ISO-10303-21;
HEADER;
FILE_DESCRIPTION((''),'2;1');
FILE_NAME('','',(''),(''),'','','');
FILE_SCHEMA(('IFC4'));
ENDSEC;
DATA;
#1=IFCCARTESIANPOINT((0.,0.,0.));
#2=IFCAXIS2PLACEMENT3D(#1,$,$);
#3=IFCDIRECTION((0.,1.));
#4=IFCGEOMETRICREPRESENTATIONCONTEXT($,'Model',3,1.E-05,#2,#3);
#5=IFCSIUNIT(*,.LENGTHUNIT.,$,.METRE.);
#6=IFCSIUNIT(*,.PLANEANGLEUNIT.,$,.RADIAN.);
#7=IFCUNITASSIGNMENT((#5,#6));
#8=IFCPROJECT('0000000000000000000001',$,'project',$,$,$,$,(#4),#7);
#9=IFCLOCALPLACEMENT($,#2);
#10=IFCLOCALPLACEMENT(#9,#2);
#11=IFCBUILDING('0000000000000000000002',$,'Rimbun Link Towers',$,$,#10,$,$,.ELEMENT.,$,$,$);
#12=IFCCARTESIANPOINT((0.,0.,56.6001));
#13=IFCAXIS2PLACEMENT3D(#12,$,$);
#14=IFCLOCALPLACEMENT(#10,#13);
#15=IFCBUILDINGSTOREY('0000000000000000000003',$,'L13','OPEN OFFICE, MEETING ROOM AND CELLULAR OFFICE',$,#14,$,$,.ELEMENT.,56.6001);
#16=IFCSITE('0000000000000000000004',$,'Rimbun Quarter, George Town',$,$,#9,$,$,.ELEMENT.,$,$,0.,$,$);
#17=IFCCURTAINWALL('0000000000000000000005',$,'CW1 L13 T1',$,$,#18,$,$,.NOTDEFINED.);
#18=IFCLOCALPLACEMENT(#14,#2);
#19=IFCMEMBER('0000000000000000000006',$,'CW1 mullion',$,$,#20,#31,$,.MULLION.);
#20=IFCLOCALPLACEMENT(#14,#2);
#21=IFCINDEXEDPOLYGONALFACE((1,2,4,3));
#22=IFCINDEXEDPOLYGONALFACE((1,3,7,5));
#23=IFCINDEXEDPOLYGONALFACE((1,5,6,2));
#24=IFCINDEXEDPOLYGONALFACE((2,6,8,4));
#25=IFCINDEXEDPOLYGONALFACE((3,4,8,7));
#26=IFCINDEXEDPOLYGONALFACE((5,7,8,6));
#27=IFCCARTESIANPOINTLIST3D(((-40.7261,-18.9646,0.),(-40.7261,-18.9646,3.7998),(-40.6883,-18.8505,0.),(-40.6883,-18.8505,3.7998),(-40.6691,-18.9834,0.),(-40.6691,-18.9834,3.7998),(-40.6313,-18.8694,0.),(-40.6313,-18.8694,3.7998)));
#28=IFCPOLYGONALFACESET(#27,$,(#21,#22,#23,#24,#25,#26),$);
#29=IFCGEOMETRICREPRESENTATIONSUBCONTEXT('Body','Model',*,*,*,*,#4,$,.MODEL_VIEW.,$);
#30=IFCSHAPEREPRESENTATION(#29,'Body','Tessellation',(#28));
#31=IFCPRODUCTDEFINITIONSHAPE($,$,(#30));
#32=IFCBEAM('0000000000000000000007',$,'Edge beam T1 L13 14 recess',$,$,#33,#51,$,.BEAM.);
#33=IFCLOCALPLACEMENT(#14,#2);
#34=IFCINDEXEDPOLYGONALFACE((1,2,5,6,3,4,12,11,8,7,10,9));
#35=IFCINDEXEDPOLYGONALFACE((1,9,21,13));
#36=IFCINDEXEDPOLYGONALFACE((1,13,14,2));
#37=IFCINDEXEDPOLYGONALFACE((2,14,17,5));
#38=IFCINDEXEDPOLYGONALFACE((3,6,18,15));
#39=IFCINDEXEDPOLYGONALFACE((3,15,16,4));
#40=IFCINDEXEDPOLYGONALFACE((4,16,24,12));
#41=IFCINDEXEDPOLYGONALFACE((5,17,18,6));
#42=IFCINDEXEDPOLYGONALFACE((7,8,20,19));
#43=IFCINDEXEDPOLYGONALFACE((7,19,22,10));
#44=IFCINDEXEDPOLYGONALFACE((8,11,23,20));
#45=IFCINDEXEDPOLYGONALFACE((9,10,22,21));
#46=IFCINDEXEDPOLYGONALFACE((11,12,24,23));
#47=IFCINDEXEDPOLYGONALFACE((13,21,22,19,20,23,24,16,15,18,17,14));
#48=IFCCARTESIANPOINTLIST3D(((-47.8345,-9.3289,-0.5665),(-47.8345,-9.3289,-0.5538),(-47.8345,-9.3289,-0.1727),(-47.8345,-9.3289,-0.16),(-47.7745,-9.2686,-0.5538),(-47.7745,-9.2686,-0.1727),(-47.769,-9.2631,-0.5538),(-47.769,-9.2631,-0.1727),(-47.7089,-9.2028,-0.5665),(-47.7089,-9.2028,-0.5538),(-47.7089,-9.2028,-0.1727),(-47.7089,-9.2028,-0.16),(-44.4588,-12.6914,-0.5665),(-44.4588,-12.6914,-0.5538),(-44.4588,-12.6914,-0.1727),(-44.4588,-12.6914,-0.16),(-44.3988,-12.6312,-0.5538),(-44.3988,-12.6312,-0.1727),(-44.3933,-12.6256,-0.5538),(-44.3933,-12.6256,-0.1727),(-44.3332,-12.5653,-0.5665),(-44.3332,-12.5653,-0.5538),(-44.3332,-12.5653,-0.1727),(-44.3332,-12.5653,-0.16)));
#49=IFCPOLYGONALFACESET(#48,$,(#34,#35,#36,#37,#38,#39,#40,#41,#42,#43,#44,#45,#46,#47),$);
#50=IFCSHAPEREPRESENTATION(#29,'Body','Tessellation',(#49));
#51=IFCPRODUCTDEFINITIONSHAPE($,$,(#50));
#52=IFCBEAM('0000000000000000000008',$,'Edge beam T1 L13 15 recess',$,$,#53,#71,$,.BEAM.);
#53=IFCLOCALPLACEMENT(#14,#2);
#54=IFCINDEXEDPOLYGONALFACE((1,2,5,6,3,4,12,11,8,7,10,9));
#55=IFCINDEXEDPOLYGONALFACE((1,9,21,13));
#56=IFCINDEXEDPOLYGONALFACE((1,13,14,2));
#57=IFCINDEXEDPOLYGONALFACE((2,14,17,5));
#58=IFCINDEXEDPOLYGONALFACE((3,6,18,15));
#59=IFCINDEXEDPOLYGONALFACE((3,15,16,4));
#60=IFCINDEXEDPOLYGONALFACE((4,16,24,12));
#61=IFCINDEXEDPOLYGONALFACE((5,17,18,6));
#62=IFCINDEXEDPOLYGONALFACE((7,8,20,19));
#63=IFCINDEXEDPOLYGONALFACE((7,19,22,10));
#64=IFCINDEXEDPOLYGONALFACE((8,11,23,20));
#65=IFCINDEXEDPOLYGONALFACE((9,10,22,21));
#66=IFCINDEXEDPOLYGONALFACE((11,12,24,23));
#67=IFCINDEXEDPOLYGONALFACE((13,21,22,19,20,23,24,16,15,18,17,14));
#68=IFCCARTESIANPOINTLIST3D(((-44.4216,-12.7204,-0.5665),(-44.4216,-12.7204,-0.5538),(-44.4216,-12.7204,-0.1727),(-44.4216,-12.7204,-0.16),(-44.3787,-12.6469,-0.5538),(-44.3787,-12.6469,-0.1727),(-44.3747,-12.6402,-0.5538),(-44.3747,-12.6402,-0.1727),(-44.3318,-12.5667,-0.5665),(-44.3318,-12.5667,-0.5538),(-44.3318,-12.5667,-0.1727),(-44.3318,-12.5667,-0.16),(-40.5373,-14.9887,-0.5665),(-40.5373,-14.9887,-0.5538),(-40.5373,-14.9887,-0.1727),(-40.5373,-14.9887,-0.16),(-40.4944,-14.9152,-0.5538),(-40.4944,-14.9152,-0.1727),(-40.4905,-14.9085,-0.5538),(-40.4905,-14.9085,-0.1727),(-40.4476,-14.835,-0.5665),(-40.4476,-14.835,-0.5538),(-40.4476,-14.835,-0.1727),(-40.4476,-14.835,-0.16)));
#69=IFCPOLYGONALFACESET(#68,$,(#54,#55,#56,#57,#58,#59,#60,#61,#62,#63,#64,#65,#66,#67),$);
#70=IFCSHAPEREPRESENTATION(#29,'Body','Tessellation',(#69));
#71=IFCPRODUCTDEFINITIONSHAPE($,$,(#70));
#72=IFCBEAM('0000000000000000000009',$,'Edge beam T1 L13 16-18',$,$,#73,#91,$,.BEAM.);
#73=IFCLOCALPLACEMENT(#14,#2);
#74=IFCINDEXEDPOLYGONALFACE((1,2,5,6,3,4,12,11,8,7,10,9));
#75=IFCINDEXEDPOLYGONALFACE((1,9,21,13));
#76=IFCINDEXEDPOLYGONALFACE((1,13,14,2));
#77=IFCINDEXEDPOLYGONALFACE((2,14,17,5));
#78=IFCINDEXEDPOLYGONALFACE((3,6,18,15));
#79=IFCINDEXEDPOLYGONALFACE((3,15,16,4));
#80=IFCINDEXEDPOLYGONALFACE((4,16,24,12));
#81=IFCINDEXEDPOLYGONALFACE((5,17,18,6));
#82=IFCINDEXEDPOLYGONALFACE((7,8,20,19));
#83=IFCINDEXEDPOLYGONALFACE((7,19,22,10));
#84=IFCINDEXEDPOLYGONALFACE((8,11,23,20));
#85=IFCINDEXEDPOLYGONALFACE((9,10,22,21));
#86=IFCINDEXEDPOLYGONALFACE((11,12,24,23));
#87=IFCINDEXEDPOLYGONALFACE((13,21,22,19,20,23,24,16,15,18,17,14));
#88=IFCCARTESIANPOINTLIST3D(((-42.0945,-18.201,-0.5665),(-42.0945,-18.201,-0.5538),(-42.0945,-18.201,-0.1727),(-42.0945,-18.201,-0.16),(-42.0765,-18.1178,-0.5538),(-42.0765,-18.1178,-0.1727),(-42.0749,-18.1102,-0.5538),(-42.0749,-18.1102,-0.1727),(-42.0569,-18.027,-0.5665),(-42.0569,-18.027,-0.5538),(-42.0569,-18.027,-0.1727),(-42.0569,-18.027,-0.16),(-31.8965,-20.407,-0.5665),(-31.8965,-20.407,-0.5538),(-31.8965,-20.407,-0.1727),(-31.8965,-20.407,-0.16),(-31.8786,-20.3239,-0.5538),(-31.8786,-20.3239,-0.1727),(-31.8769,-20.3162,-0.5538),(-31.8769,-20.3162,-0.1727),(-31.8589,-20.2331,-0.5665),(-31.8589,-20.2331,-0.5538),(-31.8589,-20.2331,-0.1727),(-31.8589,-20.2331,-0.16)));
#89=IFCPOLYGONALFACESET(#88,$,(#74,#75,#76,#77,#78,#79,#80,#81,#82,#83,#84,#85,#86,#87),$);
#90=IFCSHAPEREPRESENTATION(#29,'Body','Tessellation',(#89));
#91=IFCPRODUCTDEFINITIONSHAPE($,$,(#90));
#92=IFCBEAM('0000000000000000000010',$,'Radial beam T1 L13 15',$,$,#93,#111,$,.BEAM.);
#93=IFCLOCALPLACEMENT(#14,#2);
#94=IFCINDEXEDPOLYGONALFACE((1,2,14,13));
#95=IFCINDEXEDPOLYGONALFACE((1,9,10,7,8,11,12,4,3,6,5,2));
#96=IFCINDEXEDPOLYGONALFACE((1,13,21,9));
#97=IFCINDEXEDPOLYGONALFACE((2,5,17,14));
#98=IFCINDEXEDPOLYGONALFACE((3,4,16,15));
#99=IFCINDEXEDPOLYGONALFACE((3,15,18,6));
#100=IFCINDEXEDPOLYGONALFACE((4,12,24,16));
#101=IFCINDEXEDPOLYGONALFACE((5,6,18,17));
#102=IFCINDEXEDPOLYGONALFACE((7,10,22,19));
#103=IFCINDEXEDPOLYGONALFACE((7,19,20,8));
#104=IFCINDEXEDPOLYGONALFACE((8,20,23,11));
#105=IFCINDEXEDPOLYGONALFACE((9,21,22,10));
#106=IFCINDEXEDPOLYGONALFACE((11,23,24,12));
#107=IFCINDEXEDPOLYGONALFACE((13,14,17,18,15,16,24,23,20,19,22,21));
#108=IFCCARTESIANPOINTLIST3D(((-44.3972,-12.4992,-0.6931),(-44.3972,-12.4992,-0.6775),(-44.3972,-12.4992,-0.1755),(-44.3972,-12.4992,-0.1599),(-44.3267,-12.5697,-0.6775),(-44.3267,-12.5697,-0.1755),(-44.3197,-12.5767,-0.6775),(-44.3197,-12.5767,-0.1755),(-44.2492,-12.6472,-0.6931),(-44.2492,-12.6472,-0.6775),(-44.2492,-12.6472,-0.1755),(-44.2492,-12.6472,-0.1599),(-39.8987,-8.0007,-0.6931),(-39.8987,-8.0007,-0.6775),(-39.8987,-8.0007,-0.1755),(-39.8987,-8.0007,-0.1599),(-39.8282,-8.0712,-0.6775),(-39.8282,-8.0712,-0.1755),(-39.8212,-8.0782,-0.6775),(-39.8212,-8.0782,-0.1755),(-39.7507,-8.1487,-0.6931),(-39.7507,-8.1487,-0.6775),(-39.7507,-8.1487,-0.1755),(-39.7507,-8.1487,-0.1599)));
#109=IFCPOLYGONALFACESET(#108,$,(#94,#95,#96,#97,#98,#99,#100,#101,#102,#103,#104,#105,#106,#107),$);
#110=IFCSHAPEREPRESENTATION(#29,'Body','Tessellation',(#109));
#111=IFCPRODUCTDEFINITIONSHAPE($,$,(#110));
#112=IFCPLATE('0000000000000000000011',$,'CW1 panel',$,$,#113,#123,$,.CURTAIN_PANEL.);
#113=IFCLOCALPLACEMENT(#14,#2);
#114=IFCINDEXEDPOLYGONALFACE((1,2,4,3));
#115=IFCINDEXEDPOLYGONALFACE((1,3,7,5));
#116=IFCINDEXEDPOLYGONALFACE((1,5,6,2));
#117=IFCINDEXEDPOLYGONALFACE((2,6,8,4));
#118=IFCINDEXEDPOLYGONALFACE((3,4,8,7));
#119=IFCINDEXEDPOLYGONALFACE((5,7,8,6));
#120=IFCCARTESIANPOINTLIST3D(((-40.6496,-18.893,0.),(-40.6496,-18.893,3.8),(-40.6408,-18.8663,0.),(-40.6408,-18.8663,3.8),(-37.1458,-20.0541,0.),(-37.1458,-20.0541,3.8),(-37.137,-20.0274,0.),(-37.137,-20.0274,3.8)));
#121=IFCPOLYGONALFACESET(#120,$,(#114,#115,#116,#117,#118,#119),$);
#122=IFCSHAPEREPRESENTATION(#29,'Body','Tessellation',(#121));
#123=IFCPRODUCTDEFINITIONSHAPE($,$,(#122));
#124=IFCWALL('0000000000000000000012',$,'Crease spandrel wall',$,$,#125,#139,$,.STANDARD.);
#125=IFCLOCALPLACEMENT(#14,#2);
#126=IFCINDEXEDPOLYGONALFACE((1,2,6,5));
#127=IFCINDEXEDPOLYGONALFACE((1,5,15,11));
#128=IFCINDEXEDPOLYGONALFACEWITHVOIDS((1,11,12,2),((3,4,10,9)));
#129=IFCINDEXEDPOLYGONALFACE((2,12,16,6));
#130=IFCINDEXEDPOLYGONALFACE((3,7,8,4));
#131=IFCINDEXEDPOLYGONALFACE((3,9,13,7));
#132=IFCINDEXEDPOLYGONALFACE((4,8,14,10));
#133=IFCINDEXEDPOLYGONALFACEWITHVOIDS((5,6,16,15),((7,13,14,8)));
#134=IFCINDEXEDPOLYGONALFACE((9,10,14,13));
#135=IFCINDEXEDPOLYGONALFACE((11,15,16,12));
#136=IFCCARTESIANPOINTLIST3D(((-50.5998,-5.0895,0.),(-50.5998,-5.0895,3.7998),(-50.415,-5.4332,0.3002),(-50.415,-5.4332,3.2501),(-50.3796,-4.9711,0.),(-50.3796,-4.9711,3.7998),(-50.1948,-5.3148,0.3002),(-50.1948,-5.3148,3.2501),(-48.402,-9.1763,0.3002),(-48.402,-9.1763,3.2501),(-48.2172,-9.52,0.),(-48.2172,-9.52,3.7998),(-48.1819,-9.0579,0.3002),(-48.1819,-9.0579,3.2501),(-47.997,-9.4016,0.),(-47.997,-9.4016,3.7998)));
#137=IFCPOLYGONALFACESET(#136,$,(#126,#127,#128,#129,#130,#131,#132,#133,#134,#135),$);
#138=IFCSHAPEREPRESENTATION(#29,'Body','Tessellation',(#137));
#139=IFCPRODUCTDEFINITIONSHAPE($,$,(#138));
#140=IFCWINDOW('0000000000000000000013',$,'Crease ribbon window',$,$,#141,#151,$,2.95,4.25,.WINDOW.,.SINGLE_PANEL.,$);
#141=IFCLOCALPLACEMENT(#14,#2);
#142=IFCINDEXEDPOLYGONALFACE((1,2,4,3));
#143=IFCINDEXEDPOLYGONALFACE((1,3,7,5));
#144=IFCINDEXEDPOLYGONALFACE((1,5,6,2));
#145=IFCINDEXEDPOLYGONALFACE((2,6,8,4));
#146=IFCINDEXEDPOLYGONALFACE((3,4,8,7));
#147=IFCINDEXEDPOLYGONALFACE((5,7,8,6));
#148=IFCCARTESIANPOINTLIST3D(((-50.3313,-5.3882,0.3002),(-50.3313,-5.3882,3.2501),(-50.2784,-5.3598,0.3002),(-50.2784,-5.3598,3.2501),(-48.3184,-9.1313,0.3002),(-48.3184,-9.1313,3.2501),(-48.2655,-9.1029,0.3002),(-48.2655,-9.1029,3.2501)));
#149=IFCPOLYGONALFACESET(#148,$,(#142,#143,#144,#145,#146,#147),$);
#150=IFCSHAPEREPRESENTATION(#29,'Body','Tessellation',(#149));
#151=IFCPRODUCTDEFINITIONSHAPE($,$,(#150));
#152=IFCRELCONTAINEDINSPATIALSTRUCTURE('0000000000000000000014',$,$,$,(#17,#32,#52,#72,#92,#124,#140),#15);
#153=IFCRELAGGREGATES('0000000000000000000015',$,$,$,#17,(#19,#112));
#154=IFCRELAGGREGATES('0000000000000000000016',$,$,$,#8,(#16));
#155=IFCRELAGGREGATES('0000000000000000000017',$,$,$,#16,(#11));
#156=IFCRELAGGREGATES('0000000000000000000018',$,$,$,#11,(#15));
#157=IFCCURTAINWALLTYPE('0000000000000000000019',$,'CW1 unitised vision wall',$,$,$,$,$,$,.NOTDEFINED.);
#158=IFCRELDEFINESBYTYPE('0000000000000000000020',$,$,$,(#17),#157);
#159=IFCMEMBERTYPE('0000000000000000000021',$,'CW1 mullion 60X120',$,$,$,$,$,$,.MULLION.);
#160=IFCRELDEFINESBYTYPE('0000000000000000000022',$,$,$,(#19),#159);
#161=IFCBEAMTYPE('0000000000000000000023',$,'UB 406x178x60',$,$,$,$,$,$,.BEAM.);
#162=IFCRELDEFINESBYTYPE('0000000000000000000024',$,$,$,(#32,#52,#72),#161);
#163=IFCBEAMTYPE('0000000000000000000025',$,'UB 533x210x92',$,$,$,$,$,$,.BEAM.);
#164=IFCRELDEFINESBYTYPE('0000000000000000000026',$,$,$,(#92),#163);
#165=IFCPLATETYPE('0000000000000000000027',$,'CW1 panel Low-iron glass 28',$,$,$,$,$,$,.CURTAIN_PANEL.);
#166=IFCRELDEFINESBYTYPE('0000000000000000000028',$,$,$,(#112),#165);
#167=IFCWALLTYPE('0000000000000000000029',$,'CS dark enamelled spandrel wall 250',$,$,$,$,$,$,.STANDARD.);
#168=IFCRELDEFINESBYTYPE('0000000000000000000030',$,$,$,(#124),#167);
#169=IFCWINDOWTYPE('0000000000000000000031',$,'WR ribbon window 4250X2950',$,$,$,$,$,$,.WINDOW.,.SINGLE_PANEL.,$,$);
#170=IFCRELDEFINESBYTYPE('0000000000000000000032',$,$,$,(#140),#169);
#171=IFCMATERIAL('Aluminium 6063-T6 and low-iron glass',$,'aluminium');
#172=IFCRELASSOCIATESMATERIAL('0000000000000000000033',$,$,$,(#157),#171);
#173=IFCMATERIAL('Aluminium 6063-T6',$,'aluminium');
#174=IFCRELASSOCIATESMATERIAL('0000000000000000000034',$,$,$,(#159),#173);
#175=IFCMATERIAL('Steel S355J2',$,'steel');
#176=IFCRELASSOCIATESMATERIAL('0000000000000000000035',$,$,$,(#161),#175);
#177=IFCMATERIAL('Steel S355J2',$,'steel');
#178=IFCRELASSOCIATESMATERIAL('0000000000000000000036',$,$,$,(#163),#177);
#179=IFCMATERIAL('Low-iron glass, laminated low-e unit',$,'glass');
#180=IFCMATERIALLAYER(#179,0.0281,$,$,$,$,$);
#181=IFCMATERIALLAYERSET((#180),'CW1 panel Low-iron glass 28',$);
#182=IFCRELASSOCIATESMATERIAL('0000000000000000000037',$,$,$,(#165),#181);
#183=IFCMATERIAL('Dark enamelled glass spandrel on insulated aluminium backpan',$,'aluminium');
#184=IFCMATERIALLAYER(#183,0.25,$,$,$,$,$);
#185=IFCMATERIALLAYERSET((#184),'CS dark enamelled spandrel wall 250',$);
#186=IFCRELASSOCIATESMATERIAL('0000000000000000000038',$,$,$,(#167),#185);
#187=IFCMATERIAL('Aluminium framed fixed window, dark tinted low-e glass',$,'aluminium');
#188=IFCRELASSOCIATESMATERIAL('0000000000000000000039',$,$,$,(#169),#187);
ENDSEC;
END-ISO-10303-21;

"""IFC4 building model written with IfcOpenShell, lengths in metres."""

from ifc_helpers import new_model, si_unit, direction, frame, frame_2d, origin, origin_2d, place, context, subcontext, project, spatial, rectangle, i_section, extrude, material, layer, layer_set, material_profile, profile_set, type_object, element, fill, aggregate, save


model = new_model("IFC4")

# Units and contexts
model_context = context("Model", 3, precision=1e-05, world=origin(), true_north=direction((0.0, 1.0)))
body_context = subcontext(model_context, "Body", "Model", "MODEL_VIEW")
ifc_project = project(units=[si_unit("LENGTHUNIT", "METRE"), si_unit("PLANEANGLEUNIT", "RADIAN")], contexts=[model_context])

# Site, building, storey
site_placement = place(None, origin())
site = spatial("IfcSite", under=ifc_project, at=site_placement, Name="Rimbun Quarter, George Town", CompositionType="ELEMENT", RefElevation=0.0)
building_placement = place(site_placement, origin())
building = spatial("IfcBuilding", under=site, at=building_placement, Name="Rimbun Link Towers", CompositionType="ELEMENT")
storey_placement = place(building_placement, frame((0.0, 0.0, 56.6001)))
storey = spatial("IfcBuildingStorey", under=building, at=storey_placement, Name="L13", Description="OPEN OFFICE, MEETING ROOM AND CELLULAR OFFICE", CompositionType="ELEMENT", Elevation=56.6001)

# Curtain wall, member
ifc_material_1 = material(Name="Aluminium 6063-T6 and low-iron glass", Category="aluminium")
curtain_wall_type = type_object("IfcCurtainWallType", Name="CW1 unitised vision wall", PredefinedType="NOTDEFINED", material=ifc_material_1)
curtain_wall_placement = place(storey_placement, origin())
curtain_wall = element("IfcCurtainWall", 1, at=curtain_wall_placement, inside=storey, type_object=curtain_wall_type, Name="CW1 L13 T1", PredefinedType="NOTDEFINED")
ifc_material_2 = material(Name="Aluminium 6063-T6", Category="aluminium")
ifc_material_profile_1 = material_profile(ifc_material_2, rectangle(XDim=0.1201, YDim=0.0601, at=origin_2d()), Name="MULLION 60X120")
ifc_profile_set_1 = profile_set([ifc_material_profile_1], Name="Aluminium 6063-T6")
member_type_1 = type_object("IfcMemberType", Name="CW1 mullion 60X120", PredefinedType="MULLION", material=ifc_profile_set_1)
member_1_placement = place(storey_placement, frame((-40.6787, -18.917, 0.0), z_axis=(0.0, 0.0, 1.0), x_axis=(-0.314563, -0.949236, 0.0)))
member_1 = element("IfcMember", 2, at=member_1_placement, type_object=member_type_1, Name="CW1 mullion", PredefinedType="MULLION", context=body_context, shape_type="SweptSolid", body=[
    extrude(rectangle(XDim=0.1201, YDim=0.0601, at=origin_2d()), origin(), (0.0, 0.0, 1.0), 3.7998),
])

# Beams
ifc_material_3 = material(Name="Steel S355J2", Category="steel")
ifc_material_profile_2 = material_profile(ifc_material_3, i_section(OverallWidth=0.178, OverallDepth=0.4065, WebThickness=0.0078, FlangeThickness=0.0127, at=origin_2d()), Name="UB 406x178x60")
ifc_profile_set_2 = profile_set([ifc_material_profile_2], Name="Steel S355J2")
beam_type_1 = type_object("IfcBeamType", Name="UB 406x178x60", PredefinedType="BEAM", material=ifc_profile_set_2)
beam_1_placement = place(storey_placement, frame((-47.7717, -9.2659, -0.3633), z_axis=(0.708489, -0.705722, 0.0), x_axis=(0.705722, 0.708489, 0.0)))
element("IfcBeam", 3, at=beam_1_placement, inside=storey, type_object=beam_type_1, Name="Edge beam T1 L13 14 recess", PredefinedType="BEAM", context=body_context, shape_type="SweptSolid", body=[
    extrude(i_section(OverallWidth=0.178, OverallDepth=0.4065, WebThickness=0.0078, FlangeThickness=0.0127, at=origin_2d()), origin(), (0.0, 0.0, 1.0), 4.7646),
])
beam_2_placement = place(storey_placement, frame((-44.3767, -12.6436, -0.3633), z_axis=(0.863539, -0.504283, 0.0), x_axis=(0.504283, 0.863539, 0.0)))
element("IfcBeam", 4, at=beam_2_placement, inside=storey, type_object=beam_type_1, Name="Edge beam T1 L13 15 recess", PredefinedType="BEAM", context=body_context, shape_type="SweptSolid", body=[
    extrude(i_section(OverallWidth=0.178, OverallDepth=0.4065, WebThickness=0.0078, FlangeThickness=0.0127, at=origin_2d()), origin(), (0.0, 0.0, 1.0), 4.498),
])
beam_3_placement = place(storey_placement, frame((-42.0757, -18.114, -0.3633), z_axis=(0.977393, -0.211432, 0.0), x_axis=(0.211432, 0.977393, 0.0)))
element("IfcBeam", 5, at=beam_3_placement, inside=storey, type_object=beam_type_1, Name="Edge beam T1 L13 16-18", PredefinedType="BEAM", context=body_context, shape_type="SweptSolid", body=[
    extrude(i_section(OverallWidth=0.178, OverallDepth=0.4065, WebThickness=0.0078, FlangeThickness=0.0127, at=origin_2d()), origin(), (0.0, 0.0, 1.0), 10.4338),
])
ifc_material_4 = material(Name="Steel S355J2", Category="steel")
ifc_material_profile_3 = material_profile(ifc_material_4, i_section(OverallWidth=0.2092, OverallDepth=0.5332, WebThickness=0.01, FlangeThickness=0.0156, at=origin_2d()), Name="UB 533x210x92")
ifc_profile_set_3 = profile_set([ifc_material_profile_3], Name="Steel S355J2")
beam_type_2 = type_object("IfcBeamType", Name="UB 533x210x92", PredefinedType="BEAM", material=ifc_profile_set_3)
beam_4_placement = place(storey_placement, frame((-39.8247, -8.0747, -0.4265), z_axis=(-0.707107, -0.707107, 0.0), x_axis=(0.707107, -0.707107, 0.0)))
element("IfcBeam", 6, at=beam_4_placement, inside=storey, type_object=beam_type_2, Name="Radial beam T1 L13 15", PredefinedType="BEAM", context=body_context, shape_type="SweptSolid", body=[
    extrude(i_section(OverallWidth=0.2092, OverallDepth=0.5332, WebThickness=0.01, FlangeThickness=0.0156, at=origin_2d()), origin(), (0.0, 0.0, 1.0), 6.3618),
])

# Plate
ifc_material_5 = material(Name="Low-iron glass, laminated low-e unit", Category="glass")
ifc_layer_1 = layer(ifc_material_5, 0.0281)
ifc_layer_set_1 = layer_set([ifc_layer_1], Name="CW1 panel Low-iron glass 28")
plate_type = type_object("IfcPlateType", Name="CW1 panel Low-iron glass 28", PredefinedType="CURTAIN_PANEL", material=ifc_layer_set_1)
plate_placement = place(storey_placement, frame((-38.8933, -19.4602, 0.0), z_axis=(0.0, 0.0, 1.0), x_axis=(-0.949236, 0.314563, 0.0)))
plate = element("IfcPlate", 7, at=plate_placement, type_object=plate_type, Name="CW1 panel", PredefinedType="CURTAIN_PANEL", context=body_context, shape_type="SweptSolid", body=[
    extrude(rectangle(XDim=3.6912, YDim=0.0281, at=origin_2d()), origin(), (0.0, 0.0, 1.0), 3.8),
])
aggregate(curtain_wall, [member_1, plate])

# Wall, opening, window
ifc_material_6 = material(Name="Dark enamelled glass spandrel on insulated aluminium backpan", Category="aluminium")
ifc_layer_2 = layer(ifc_material_6, 0.25)
ifc_layer_set_2 = layer_set([ifc_layer_2], Name="CS dark enamelled spandrel wall 250")
wall_type_1 = type_object("IfcWallType", Name="CS dark enamelled spandrel wall 250", PredefinedType="STANDARD", material=ifc_layer_set_2)
wall_1_placement = place(storey_placement, frame((-48.1072, -9.4607, 0.0), z_axis=(0.0, 0.0, 1.0), x_axis=(-0.473631, 0.880723, 0.0)))
wall_1 = element("IfcWall", 8, at=wall_1_placement, inside=storey, type_object=wall_type_1, Name="Crease spandrel wall", PredefinedType="STANDARD", context=body_context, shape_type="SweptSolid", body=[
    extrude(rectangle(XDim=5.0305, YDim=0.25, at=frame_2d((2.5151, 0.0))), origin(), (0.0, 0.0, 1.0), 3.7998),
])
opening_1_placement = place(wall_1_placement, frame((0.3901, 0.0, 0.3)))
opening_1 = element("IfcOpeningElement", 9, at=opening_1_placement, cuts=wall_1, PredefinedType="OPENING", context=body_context, shape_type="SweptSolid", body=[
    extrude(rectangle(XDim=4.25, YDim=2.95, at=frame_2d((2.125, 1.4751))), frame((0.0, 0.135, 0.0), z_axis=(0.0, -1.0, 0.0), x_axis=(1.0, 0.0, 0.0)), (0.0, 0.0, 1.0), 0.27),
])
ifc_material_7 = material(Name="Aluminium framed fixed window, dark tinted low-e glass", Category="aluminium")
window_type_1 = type_object("IfcWindowType", Name="WR ribbon window 4250X2950", PartitioningType="SINGLE_PANEL", PredefinedType="WINDOW", material=ifc_material_7)
window_1_placement = place(opening_1_placement, origin())
window_1 = element("IfcWindow", 10, at=window_1_placement, inside=storey, type_object=window_type_1, Name="Crease ribbon window", OverallHeight=2.95, OverallWidth=4.25, PartitioningType="SINGLE_PANEL", PredefinedType="WINDOW", context=body_context, shape_type="SweptSolid", body=[
    extrude(rectangle(XDim=4.25, YDim=2.95, at=frame_2d((2.125, 1.4751))), frame((0.0, 0.03, 0.0), z_axis=(0.0, -1.0, 0.0), x_axis=(1.0, 0.0, 0.0)), (0.0, 0.0, 1.0), 0.0601),
])
fill(opening_1, window_1)

save(model, "model.ifc")
